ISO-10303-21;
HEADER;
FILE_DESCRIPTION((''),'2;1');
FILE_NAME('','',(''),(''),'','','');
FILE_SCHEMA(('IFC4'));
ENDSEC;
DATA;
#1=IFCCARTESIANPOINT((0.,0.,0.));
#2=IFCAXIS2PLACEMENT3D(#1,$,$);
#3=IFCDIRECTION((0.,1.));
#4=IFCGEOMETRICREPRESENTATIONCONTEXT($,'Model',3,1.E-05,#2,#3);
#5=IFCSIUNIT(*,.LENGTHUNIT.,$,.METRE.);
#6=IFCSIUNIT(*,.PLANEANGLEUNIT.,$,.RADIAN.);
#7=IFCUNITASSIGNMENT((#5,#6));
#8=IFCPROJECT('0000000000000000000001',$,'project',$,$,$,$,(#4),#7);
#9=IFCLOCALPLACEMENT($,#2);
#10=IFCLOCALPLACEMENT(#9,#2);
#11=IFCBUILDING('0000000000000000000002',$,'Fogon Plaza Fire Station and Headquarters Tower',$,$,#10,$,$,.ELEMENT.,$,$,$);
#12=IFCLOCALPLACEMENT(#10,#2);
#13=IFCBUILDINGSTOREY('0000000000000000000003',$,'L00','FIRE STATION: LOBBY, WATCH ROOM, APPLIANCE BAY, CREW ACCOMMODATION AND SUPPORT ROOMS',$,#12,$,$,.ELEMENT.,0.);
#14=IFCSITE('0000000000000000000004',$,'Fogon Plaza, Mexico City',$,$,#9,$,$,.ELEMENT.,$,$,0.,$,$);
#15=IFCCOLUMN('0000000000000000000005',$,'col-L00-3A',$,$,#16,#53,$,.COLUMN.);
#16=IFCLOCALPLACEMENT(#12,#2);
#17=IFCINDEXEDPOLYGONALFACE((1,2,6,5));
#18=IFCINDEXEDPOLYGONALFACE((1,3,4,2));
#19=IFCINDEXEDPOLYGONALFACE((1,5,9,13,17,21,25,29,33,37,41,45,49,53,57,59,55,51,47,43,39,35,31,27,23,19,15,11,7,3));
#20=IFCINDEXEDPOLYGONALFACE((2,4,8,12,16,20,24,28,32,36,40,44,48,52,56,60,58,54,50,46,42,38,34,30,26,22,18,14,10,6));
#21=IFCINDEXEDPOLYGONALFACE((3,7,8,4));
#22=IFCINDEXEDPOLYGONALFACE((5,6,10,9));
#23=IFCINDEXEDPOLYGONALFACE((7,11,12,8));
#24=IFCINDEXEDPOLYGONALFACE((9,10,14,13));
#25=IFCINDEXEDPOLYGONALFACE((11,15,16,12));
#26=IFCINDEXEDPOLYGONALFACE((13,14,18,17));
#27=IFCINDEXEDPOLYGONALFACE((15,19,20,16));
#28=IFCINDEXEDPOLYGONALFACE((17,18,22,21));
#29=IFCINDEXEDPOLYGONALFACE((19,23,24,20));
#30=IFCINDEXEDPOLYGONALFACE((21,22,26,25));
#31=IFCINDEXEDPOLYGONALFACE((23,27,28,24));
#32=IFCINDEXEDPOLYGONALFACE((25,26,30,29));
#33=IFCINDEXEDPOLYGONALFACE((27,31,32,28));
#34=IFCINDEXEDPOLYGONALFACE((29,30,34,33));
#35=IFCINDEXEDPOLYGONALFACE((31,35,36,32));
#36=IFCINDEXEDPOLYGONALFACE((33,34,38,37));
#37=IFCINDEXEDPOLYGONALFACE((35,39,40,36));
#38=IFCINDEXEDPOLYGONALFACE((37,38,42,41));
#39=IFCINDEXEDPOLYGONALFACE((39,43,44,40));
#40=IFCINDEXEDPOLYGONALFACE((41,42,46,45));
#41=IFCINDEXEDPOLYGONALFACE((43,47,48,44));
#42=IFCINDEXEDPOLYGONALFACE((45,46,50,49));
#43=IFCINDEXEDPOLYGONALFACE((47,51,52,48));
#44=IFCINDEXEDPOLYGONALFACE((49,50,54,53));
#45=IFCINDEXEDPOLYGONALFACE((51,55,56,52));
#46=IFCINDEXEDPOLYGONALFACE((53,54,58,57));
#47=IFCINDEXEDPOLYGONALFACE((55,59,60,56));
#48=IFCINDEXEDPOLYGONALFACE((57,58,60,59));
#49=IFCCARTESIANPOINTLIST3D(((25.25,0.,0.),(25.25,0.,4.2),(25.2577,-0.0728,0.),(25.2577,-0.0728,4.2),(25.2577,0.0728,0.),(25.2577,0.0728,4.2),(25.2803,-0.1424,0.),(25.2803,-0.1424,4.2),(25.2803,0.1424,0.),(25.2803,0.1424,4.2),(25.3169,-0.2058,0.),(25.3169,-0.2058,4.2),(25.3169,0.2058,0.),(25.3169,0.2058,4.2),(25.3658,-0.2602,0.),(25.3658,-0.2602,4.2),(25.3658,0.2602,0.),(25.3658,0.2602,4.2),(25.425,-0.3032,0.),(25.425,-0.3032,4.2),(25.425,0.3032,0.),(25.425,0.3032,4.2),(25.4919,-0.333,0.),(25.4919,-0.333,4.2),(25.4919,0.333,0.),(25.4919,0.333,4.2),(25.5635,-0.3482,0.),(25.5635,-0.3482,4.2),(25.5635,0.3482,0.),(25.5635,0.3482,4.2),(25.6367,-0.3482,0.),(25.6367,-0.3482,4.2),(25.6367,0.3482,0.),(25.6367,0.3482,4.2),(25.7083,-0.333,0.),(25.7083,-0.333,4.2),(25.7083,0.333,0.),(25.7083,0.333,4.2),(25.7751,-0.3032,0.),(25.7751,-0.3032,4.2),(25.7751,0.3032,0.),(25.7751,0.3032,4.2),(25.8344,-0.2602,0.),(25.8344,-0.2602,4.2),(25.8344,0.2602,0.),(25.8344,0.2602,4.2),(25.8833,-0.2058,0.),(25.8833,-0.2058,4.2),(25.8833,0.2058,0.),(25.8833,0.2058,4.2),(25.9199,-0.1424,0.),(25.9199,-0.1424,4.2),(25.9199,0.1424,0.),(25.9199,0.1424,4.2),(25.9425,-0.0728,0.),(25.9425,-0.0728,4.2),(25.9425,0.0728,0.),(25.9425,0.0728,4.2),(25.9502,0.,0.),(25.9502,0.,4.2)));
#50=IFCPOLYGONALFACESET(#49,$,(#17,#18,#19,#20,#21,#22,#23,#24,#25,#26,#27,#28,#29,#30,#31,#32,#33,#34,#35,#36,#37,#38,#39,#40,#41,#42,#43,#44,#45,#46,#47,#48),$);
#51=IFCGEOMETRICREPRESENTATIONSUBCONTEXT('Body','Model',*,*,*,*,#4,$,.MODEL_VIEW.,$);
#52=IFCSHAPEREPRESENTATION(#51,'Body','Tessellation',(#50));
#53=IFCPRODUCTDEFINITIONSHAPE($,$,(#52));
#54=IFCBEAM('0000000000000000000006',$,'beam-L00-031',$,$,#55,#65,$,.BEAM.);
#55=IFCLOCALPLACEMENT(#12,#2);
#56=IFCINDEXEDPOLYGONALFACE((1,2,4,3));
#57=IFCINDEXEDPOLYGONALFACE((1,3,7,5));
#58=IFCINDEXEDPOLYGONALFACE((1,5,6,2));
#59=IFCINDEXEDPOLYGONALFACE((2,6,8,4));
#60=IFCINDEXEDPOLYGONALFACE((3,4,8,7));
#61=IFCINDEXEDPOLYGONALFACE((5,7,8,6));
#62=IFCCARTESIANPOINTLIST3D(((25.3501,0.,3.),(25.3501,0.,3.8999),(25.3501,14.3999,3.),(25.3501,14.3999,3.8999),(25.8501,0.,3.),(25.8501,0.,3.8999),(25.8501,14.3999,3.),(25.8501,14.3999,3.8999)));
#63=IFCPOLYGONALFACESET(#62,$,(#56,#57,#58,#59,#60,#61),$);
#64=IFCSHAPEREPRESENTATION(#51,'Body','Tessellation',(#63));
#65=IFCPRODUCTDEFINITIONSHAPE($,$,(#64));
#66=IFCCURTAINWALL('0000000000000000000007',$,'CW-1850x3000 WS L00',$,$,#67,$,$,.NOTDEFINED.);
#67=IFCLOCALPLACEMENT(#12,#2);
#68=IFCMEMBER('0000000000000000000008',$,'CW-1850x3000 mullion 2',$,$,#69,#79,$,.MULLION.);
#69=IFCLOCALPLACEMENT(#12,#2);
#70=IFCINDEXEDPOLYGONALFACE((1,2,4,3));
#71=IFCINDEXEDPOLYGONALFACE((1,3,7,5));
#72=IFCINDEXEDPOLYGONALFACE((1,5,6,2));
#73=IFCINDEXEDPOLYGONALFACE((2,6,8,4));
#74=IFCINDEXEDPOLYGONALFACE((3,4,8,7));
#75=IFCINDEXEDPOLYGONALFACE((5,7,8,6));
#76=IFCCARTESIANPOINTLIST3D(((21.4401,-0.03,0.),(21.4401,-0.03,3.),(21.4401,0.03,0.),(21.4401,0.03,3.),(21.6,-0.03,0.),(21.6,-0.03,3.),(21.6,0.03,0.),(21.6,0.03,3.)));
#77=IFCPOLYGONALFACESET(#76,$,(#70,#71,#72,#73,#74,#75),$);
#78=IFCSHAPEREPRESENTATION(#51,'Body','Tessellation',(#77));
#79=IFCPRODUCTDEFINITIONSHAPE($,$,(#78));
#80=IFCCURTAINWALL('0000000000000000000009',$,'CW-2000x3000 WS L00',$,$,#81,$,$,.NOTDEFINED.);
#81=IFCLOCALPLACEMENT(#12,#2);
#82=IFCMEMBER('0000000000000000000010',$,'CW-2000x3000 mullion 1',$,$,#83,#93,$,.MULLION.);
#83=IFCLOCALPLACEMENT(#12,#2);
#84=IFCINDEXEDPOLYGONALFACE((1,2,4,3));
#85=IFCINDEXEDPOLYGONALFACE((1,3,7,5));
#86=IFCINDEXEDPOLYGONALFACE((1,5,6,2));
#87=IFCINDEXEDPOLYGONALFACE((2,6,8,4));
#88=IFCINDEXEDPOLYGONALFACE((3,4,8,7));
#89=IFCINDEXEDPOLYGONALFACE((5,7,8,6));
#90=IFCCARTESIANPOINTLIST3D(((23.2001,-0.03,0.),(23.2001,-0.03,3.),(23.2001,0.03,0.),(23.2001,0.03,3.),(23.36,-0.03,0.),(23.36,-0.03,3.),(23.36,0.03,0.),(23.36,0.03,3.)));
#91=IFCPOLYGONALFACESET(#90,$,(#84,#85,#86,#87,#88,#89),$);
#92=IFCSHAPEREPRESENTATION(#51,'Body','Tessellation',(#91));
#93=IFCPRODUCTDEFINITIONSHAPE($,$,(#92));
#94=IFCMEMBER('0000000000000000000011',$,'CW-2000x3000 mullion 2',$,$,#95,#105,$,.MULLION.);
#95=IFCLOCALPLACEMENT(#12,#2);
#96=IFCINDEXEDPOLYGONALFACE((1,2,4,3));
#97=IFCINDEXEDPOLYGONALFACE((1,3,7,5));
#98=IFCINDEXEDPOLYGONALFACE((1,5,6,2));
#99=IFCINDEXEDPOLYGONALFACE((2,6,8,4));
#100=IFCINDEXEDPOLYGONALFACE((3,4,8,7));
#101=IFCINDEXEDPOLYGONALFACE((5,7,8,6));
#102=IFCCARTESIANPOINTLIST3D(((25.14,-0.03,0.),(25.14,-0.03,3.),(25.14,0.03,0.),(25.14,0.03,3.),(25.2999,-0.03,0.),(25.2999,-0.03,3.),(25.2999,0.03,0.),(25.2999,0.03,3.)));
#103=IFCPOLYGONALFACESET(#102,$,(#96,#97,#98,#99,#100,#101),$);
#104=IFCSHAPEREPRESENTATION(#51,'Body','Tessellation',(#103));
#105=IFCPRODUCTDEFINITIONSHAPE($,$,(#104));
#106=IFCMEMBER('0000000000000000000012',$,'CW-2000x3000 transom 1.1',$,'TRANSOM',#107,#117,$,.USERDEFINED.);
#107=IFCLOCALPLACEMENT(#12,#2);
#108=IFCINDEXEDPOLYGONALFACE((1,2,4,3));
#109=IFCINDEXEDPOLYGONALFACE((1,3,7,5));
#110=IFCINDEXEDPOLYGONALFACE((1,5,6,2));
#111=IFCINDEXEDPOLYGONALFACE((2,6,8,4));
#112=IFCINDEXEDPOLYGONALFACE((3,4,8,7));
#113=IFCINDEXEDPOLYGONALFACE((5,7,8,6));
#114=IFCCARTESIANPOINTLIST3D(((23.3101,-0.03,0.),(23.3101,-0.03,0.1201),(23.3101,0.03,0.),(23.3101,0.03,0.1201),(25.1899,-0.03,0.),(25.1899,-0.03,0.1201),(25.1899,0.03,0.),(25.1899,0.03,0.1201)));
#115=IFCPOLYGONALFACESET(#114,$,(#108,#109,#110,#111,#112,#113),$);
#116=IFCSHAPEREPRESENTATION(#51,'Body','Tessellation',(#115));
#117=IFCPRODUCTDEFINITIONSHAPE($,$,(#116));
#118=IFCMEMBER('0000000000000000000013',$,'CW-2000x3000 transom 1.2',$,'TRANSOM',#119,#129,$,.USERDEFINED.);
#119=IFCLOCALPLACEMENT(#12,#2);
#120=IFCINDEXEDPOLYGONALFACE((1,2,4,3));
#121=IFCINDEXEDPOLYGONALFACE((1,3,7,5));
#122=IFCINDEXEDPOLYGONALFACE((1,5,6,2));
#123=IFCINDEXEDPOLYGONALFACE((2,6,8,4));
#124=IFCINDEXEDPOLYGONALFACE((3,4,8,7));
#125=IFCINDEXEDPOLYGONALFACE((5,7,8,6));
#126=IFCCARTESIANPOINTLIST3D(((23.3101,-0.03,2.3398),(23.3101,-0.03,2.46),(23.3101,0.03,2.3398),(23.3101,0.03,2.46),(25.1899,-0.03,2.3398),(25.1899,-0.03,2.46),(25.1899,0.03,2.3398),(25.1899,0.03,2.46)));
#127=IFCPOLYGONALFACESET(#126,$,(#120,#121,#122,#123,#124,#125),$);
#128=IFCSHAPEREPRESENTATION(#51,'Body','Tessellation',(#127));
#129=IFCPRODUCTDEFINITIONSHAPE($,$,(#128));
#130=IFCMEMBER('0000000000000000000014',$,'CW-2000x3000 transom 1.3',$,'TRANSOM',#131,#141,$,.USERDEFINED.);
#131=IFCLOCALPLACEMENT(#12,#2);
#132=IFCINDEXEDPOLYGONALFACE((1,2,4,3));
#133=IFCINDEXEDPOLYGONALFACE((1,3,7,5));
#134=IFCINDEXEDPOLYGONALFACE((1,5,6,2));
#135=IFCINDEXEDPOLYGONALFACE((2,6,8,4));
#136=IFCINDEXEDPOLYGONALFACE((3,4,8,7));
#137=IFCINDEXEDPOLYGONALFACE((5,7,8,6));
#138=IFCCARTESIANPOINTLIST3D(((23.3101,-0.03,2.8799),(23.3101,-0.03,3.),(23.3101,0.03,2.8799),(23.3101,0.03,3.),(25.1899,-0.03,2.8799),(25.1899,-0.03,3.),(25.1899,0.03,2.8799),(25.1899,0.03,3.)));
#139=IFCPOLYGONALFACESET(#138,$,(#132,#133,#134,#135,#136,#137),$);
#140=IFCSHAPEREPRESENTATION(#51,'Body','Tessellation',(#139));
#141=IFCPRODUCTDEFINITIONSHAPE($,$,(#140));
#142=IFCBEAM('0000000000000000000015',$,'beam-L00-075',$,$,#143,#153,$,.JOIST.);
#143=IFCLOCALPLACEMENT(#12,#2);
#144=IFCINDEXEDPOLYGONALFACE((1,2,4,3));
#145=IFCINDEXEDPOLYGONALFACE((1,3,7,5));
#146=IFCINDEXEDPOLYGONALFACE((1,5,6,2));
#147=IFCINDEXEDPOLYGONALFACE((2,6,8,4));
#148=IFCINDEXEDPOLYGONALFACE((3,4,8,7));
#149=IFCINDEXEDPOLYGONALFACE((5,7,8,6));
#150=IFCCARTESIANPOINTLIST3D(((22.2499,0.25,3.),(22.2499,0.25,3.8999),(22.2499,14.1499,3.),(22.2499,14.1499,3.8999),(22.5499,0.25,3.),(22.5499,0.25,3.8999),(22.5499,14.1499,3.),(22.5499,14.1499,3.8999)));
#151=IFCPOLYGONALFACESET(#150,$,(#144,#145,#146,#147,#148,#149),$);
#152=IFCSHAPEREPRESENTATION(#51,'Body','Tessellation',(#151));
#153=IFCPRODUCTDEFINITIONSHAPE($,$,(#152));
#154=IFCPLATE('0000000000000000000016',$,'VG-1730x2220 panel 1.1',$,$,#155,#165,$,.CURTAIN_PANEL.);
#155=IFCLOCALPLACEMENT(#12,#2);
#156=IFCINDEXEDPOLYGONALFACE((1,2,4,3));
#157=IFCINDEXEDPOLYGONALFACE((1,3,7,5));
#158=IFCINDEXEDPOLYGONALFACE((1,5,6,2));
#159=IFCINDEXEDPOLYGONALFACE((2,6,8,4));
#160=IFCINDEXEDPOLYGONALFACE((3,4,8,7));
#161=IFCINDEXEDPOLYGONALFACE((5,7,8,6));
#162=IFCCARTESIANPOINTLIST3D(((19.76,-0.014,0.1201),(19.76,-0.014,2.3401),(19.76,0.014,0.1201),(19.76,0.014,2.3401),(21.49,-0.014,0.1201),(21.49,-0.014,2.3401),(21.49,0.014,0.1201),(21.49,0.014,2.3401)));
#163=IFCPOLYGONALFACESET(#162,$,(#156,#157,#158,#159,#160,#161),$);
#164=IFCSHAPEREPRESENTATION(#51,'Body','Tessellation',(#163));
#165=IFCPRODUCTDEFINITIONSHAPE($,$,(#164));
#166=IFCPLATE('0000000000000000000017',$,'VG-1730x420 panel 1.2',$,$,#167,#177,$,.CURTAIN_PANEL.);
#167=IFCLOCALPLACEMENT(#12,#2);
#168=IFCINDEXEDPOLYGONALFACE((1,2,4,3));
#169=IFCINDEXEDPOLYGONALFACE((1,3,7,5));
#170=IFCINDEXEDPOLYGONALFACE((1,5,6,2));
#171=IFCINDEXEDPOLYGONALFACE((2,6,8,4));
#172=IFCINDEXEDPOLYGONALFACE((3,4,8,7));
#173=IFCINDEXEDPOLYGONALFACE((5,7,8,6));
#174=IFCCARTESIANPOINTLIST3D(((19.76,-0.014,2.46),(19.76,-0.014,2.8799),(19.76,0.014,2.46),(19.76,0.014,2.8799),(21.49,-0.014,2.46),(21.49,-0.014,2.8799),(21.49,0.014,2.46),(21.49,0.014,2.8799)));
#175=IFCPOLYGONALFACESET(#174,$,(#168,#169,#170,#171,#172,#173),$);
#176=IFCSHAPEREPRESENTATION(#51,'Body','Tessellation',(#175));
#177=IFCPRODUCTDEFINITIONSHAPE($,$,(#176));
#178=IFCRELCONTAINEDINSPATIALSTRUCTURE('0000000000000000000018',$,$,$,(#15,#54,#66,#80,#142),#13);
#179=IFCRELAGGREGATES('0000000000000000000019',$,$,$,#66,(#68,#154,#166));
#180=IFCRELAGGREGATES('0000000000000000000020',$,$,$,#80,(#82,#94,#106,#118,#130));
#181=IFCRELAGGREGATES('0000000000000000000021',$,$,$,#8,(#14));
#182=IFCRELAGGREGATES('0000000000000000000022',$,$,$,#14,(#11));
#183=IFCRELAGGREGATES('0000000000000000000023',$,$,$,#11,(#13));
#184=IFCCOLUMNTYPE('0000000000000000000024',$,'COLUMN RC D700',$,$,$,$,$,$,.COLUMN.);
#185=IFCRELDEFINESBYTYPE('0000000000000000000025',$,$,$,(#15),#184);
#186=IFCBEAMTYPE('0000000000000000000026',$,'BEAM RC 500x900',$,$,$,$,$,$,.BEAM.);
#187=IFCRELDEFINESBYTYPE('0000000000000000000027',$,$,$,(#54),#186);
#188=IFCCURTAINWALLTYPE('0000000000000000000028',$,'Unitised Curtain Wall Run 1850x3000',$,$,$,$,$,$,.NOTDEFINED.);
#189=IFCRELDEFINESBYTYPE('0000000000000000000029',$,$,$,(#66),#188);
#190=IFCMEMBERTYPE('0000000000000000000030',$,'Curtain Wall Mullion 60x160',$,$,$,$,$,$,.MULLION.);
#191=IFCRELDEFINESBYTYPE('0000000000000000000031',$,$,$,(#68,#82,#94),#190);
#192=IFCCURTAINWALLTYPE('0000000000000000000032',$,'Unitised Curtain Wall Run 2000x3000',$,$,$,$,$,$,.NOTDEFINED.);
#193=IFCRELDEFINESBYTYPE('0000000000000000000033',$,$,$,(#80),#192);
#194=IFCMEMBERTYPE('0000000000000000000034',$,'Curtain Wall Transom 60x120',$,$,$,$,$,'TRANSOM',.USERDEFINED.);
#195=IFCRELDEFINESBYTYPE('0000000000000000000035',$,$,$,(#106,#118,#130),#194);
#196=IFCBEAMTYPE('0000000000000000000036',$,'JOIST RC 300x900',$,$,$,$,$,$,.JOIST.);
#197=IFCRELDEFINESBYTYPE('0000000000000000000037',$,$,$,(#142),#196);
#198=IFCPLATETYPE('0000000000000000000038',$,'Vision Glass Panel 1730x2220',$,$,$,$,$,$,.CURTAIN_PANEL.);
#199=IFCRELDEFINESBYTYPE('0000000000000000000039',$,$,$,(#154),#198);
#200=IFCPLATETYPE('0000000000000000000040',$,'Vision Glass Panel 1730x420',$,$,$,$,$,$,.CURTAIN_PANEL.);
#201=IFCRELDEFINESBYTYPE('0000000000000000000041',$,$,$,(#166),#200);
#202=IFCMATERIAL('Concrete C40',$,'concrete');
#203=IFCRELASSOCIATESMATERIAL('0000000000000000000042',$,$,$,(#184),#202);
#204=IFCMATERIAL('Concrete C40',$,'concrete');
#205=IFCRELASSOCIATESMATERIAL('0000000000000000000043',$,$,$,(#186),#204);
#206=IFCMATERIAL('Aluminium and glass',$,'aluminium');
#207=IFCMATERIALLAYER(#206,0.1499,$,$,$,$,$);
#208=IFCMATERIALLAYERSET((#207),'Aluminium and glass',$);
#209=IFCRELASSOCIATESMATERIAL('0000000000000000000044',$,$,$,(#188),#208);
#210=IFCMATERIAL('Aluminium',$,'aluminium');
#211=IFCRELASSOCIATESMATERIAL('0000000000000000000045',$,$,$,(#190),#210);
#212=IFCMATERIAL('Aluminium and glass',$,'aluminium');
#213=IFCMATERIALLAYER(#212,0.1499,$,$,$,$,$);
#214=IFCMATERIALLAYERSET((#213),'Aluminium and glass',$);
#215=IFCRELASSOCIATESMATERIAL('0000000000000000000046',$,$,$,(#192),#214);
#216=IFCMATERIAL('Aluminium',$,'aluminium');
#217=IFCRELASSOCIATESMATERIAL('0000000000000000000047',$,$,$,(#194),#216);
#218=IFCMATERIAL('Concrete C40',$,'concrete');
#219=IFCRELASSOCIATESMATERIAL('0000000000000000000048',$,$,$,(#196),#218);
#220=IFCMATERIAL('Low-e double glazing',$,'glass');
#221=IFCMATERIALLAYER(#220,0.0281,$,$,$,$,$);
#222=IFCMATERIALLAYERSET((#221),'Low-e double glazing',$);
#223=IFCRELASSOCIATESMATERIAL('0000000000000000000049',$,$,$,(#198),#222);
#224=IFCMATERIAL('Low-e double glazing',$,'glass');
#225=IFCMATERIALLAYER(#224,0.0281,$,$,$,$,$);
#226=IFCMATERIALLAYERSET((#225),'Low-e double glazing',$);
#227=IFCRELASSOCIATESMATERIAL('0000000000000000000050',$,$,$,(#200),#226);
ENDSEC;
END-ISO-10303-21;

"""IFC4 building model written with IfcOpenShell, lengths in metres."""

from ifc_helpers import new_model, si_unit, direction, frame, origin, origin_2d, place, context, subcontext, project, spatial, rectangle, circle, extrude, material, layer, layer_set, material_profile, profile_set, type_object, element, aggregate, save


model = new_model("IFC4")

# Units and contexts
model_context = context("Model", 3, precision=1e-05, world=origin(), true_north=direction((0.0, 1.0)))
body_context = subcontext(model_context, "Body", "Model", "MODEL_VIEW")
ifc_project = project(units=[si_unit("LENGTHUNIT", "METRE"), si_unit("PLANEANGLEUNIT", "RADIAN")], contexts=[model_context])

# Site, building, storey
site_placement = place(None, origin())
site = spatial("IfcSite", under=ifc_project, at=site_placement, Name="Fogon Plaza, Mexico City", CompositionType="ELEMENT", RefElevation=0.0)
building_placement = place(site_placement, origin())
building = spatial("IfcBuilding", under=site, at=building_placement, Name="Fogon Plaza Fire Station and Headquarters Tower", CompositionType="ELEMENT")
storey_placement = place(building_placement, origin())
storey = spatial("IfcBuildingStorey", under=building, at=storey_placement, Name="L00", Description="FIRE STATION: LOBBY, WATCH ROOM, APPLIANCE BAY, CREW ACCOMMODATION AND SUPPORT ROOMS", CompositionType="ELEMENT", Elevation=0.0)

# Column
ifc_material_1 = material(Name="Concrete C40", Category="concrete")
ifc_material_profile_1 = material_profile(ifc_material_1, circle(Radius=0.3501, at=origin_2d()), Name="RC D700")
ifc_profile_set_1 = profile_set([ifc_material_profile_1], Name="Concrete C40")
column_type = type_object("IfcColumnType", Name="COLUMN RC D700", PredefinedType="COLUMN", material=ifc_profile_set_1)
column_placement = place(storey_placement, frame((25.6001, 0.0, 0.0), z_axis=(0.0, 0.0, 1.0), x_axis=(1.0, 0.0, 0.0)))
element("IfcColumn", 1, at=column_placement, inside=storey, type_object=column_type, Name="col-L00-3A", PredefinedType="COLUMN", context=body_context, shape_type="SweptSolid", body=[
    extrude(circle(Radius=0.3501, at=origin_2d()), origin(), (0.0, 0.0, 1.0), 4.2),
])

# Beam
ifc_material_2 = material(Name="Concrete C40", Category="concrete")
ifc_material_profile_2 = material_profile(ifc_material_2, rectangle(XDim=0.5, YDim=0.8999, at=origin_2d()), Name="RC 500x900")
ifc_profile_set_2 = profile_set([ifc_material_profile_2], Name="Concrete C40")
beam_type_1 = type_object("IfcBeamType", Name="BEAM RC 500x900", PredefinedType="BEAM", material=ifc_profile_set_2)
beam_1_placement = place(storey_placement, frame((25.6001, 0.0, 3.45), z_axis=(0.0, 1.0, 0.0), x_axis=(-1.0, 0.0, 0.0)))
element("IfcBeam", 2, at=beam_1_placement, inside=storey, type_object=beam_type_1, Name="beam-L00-031", PredefinedType="BEAM", context=body_context, shape_type="SweptSolid", body=[
    extrude(rectangle(XDim=0.5, YDim=0.8999, at=origin_2d()), origin(), (0.0, 0.0, 1.0), 14.3999),
])

# Curtain wall, member
ifc_material_3 = material(Name="Aluminium and glass", Category="aluminium")
ifc_layer_1 = layer(ifc_material_3, 0.1499)
ifc_layer_set_1 = layer_set([ifc_layer_1], Name="Aluminium and glass")
curtain_wall_type_1 = type_object("IfcCurtainWallType", Name="Unitised Curtain Wall Run 1850x3000", PredefinedType="NOTDEFINED", material=ifc_layer_set_1)
curtain_wall_1_placement = place(storey_placement, origin())
curtain_wall_1 = element("IfcCurtainWall", 3, at=curtain_wall_1_placement, inside=storey, type_object=curtain_wall_type_1, Name="CW-1850x3000 WS L00", PredefinedType="NOTDEFINED")
ifc_material_4 = material(Name="Aluminium", Category="aluminium")
ifc_material_profile_3 = material_profile(ifc_material_4, rectangle(XDim=0.0601, YDim=0.1599, at=origin_2d()), Name="Curtain Wall Mullion 60x160")
ifc_profile_set_3 = profile_set([ifc_material_profile_3], Name="Aluminium")
member_type_1 = type_object("IfcMemberType", Name="Curtain Wall Mullion 60x160", PredefinedType="MULLION", material=ifc_profile_set_3)
member_1_placement = place(storey_placement, frame((21.52, 0.0, 0.0), z_axis=(0.0, 0.0, 1.0), x_axis=(0.0, 1.0, 0.0)))
member_1 = element("IfcMember", 4, at=member_1_placement, type_object=member_type_1, Name="CW-1850x3000 mullion 2", PredefinedType="MULLION", context=body_context, shape_type="SweptSolid", body=[
    extrude(rectangle(XDim=0.0601, YDim=0.1599, at=origin_2d()), origin(), (0.0, 0.0, 1.0), 3.0),
])

# Curtain wall, members
ifc_material_5 = material(Name="Aluminium and glass", Category="aluminium")
ifc_layer_2 = layer(ifc_material_5, 0.1499)
ifc_layer_set_2 = layer_set([ifc_layer_2], Name="Aluminium and glass")
curtain_wall_type_2 = type_object("IfcCurtainWallType", Name="Unitised Curtain Wall Run 2000x3000", PredefinedType="NOTDEFINED", material=ifc_layer_set_2)
curtain_wall_2_placement = place(storey_placement, origin())
curtain_wall_2 = element("IfcCurtainWall", 5, at=curtain_wall_2_placement, inside=storey, type_object=curtain_wall_type_2, Name="CW-2000x3000 WS L00", PredefinedType="NOTDEFINED")
member_2_placement = place(storey_placement, frame((23.28, 0.0, 0.0), z_axis=(0.0, 0.0, 1.0), x_axis=(0.0, 1.0, 0.0)))
member_2 = element("IfcMember", 6, at=member_2_placement, type_object=member_type_1, Name="CW-2000x3000 mullion 1", PredefinedType="MULLION", context=body_context, shape_type="SweptSolid", body=[
    extrude(rectangle(XDim=0.0601, YDim=0.1599, at=origin_2d()), origin(), (0.0, 0.0, 1.0), 3.0),
])
member_3_placement = place(storey_placement, frame((25.22, 0.0, 0.0), z_axis=(0.0, 0.0, 1.0), x_axis=(0.0, 1.0, 0.0)))
member_3 = element("IfcMember", 7, at=member_3_placement, type_object=member_type_1, Name="CW-2000x3000 mullion 2", PredefinedType="MULLION", context=body_context, shape_type="SweptSolid", body=[
    extrude(rectangle(XDim=0.0601, YDim=0.1599, at=origin_2d()), origin(), (0.0, 0.0, 1.0), 3.0),
])
ifc_material_6 = material(Name="Aluminium", Category="aluminium")
ifc_material_profile_4 = material_profile(ifc_material_6, rectangle(XDim=0.0601, YDim=0.1201, at=origin_2d()), Name="Curtain Wall Transom 60x120")
ifc_profile_set_4 = profile_set([ifc_material_profile_4], Name="Aluminium")
member_type_2 = type_object("IfcMemberType", Name="Curtain Wall Transom 60x120", ElementType="TRANSOM", PredefinedType="USERDEFINED", material=ifc_profile_set_4)
member_4_placement = place(storey_placement, frame((23.3101, 0.0, 0.0601), z_axis=(1.0, 0.0, 0.0), x_axis=(0.0, 1.0, 0.0)))
member_4 = element("IfcMember", 8, at=member_4_placement, type_object=member_type_2, Name="CW-2000x3000 transom 1.1", ObjectType="TRANSOM", PredefinedType="USERDEFINED", context=body_context, shape_type="SweptSolid", body=[
    extrude(rectangle(XDim=0.0601, YDim=0.1201, at=origin_2d()), origin(), (0.0, 0.0, 1.0), 1.8799),
])
member_5_placement = place(storey_placement, frame((23.3101, 0.0, 2.3999), z_axis=(1.0, 0.0, 0.0), x_axis=(0.0, 1.0, 0.0)))
member_5 = element("IfcMember", 9, at=member_5_placement, type_object=member_type_2, Name="CW-2000x3000 transom 1.2", ObjectType="TRANSOM", PredefinedType="USERDEFINED", context=body_context, shape_type="SweptSolid", body=[
    extrude(rectangle(XDim=0.0601, YDim=0.1201, at=origin_2d()), origin(), (0.0, 0.0, 1.0), 1.8799),
])
member_6_placement = place(storey_placement, frame((23.3101, 0.0, 2.9399), z_axis=(1.0, 0.0, 0.0), x_axis=(0.0, 1.0, 0.0)))
member_6 = element("IfcMember", 10, at=member_6_placement, type_object=member_type_2, Name="CW-2000x3000 transom 1.3", ObjectType="TRANSOM", PredefinedType="USERDEFINED", context=body_context, shape_type="SweptSolid", body=[
    extrude(rectangle(XDim=0.0601, YDim=0.1201, at=origin_2d()), origin(), (0.0, 0.0, 1.0), 1.8799),
])

# Beam
ifc_material_7 = material(Name="Concrete C40", Category="concrete")
ifc_material_profile_5 = material_profile(ifc_material_7, rectangle(XDim=0.3, YDim=0.8999, at=origin_2d()), Name="RC 300x900")
ifc_profile_set_5 = profile_set([ifc_material_profile_5], Name="Concrete C40")
beam_type_2 = type_object("IfcBeamType", Name="JOIST RC 300x900", PredefinedType="JOIST", material=ifc_profile_set_5)
beam_2_placement = place(storey_placement, frame((22.3999, 0.25, 3.45), z_axis=(0.0, 1.0, 0.0), x_axis=(-1.0, 0.0, 0.0)))
element("IfcBeam", 11, at=beam_2_placement, inside=storey, type_object=beam_type_2, Name="beam-L00-075", PredefinedType="JOIST", context=body_context, shape_type="SweptSolid", body=[
    extrude(rectangle(XDim=0.3, YDim=0.8999, at=origin_2d()), origin(), (0.0, 0.0, 1.0), 13.8999),
])

# Plates
ifc_material_8 = material(Name="Low-e double glazing", Category="glass")
ifc_layer_3 = layer(ifc_material_8, 0.0281)
ifc_layer_set_3 = layer_set([ifc_layer_3], Name="Low-e double glazing")
plate_type_1 = type_object("IfcPlateType", Name="Vision Glass Panel 1730x2220", PredefinedType="CURTAIN_PANEL", material=ifc_layer_set_3)
plate_1_placement = place(storey_placement, frame((20.625, 0.0, 0.1201), z_axis=(0.0, 0.0, 1.0), x_axis=(1.0, 0.0, 0.0)))
plate_1 = element("IfcPlate", 12, at=plate_1_placement, type_object=plate_type_1, Name="VG-1730x2220 panel 1.1", PredefinedType="CURTAIN_PANEL", context=body_context, shape_type="SweptSolid", body=[
    extrude(rectangle(XDim=1.73, YDim=0.0281, at=origin_2d()), origin(), (0.0, 0.0, 1.0), 2.22),
])
ifc_material_9 = material(Name="Low-e double glazing", Category="glass")
ifc_layer_4 = layer(ifc_material_9, 0.0281)
ifc_layer_set_4 = layer_set([ifc_layer_4], Name="Low-e double glazing")
plate_type_2 = type_object("IfcPlateType", Name="Vision Glass Panel 1730x420", PredefinedType="CURTAIN_PANEL", material=ifc_layer_set_4)
plate_2_placement = place(storey_placement, frame((20.625, 0.0, 2.46), z_axis=(0.0, 0.0, 1.0), x_axis=(1.0, 0.0, 0.0)))
plate_2 = element("IfcPlate", 13, at=plate_2_placement, type_object=plate_type_2, Name="VG-1730x420 panel 1.2", PredefinedType="CURTAIN_PANEL", context=body_context, shape_type="SweptSolid", body=[
    extrude(rectangle(XDim=1.73, YDim=0.0281, at=origin_2d()), origin(), (0.0, 0.0, 1.0), 0.4199),
])
aggregate(curtain_wall_1, [member_1, plate_1, plate_2])
aggregate(curtain_wall_2, [member_2, member_3, member_4, member_5, member_6])

save(model, "model.ifc")
